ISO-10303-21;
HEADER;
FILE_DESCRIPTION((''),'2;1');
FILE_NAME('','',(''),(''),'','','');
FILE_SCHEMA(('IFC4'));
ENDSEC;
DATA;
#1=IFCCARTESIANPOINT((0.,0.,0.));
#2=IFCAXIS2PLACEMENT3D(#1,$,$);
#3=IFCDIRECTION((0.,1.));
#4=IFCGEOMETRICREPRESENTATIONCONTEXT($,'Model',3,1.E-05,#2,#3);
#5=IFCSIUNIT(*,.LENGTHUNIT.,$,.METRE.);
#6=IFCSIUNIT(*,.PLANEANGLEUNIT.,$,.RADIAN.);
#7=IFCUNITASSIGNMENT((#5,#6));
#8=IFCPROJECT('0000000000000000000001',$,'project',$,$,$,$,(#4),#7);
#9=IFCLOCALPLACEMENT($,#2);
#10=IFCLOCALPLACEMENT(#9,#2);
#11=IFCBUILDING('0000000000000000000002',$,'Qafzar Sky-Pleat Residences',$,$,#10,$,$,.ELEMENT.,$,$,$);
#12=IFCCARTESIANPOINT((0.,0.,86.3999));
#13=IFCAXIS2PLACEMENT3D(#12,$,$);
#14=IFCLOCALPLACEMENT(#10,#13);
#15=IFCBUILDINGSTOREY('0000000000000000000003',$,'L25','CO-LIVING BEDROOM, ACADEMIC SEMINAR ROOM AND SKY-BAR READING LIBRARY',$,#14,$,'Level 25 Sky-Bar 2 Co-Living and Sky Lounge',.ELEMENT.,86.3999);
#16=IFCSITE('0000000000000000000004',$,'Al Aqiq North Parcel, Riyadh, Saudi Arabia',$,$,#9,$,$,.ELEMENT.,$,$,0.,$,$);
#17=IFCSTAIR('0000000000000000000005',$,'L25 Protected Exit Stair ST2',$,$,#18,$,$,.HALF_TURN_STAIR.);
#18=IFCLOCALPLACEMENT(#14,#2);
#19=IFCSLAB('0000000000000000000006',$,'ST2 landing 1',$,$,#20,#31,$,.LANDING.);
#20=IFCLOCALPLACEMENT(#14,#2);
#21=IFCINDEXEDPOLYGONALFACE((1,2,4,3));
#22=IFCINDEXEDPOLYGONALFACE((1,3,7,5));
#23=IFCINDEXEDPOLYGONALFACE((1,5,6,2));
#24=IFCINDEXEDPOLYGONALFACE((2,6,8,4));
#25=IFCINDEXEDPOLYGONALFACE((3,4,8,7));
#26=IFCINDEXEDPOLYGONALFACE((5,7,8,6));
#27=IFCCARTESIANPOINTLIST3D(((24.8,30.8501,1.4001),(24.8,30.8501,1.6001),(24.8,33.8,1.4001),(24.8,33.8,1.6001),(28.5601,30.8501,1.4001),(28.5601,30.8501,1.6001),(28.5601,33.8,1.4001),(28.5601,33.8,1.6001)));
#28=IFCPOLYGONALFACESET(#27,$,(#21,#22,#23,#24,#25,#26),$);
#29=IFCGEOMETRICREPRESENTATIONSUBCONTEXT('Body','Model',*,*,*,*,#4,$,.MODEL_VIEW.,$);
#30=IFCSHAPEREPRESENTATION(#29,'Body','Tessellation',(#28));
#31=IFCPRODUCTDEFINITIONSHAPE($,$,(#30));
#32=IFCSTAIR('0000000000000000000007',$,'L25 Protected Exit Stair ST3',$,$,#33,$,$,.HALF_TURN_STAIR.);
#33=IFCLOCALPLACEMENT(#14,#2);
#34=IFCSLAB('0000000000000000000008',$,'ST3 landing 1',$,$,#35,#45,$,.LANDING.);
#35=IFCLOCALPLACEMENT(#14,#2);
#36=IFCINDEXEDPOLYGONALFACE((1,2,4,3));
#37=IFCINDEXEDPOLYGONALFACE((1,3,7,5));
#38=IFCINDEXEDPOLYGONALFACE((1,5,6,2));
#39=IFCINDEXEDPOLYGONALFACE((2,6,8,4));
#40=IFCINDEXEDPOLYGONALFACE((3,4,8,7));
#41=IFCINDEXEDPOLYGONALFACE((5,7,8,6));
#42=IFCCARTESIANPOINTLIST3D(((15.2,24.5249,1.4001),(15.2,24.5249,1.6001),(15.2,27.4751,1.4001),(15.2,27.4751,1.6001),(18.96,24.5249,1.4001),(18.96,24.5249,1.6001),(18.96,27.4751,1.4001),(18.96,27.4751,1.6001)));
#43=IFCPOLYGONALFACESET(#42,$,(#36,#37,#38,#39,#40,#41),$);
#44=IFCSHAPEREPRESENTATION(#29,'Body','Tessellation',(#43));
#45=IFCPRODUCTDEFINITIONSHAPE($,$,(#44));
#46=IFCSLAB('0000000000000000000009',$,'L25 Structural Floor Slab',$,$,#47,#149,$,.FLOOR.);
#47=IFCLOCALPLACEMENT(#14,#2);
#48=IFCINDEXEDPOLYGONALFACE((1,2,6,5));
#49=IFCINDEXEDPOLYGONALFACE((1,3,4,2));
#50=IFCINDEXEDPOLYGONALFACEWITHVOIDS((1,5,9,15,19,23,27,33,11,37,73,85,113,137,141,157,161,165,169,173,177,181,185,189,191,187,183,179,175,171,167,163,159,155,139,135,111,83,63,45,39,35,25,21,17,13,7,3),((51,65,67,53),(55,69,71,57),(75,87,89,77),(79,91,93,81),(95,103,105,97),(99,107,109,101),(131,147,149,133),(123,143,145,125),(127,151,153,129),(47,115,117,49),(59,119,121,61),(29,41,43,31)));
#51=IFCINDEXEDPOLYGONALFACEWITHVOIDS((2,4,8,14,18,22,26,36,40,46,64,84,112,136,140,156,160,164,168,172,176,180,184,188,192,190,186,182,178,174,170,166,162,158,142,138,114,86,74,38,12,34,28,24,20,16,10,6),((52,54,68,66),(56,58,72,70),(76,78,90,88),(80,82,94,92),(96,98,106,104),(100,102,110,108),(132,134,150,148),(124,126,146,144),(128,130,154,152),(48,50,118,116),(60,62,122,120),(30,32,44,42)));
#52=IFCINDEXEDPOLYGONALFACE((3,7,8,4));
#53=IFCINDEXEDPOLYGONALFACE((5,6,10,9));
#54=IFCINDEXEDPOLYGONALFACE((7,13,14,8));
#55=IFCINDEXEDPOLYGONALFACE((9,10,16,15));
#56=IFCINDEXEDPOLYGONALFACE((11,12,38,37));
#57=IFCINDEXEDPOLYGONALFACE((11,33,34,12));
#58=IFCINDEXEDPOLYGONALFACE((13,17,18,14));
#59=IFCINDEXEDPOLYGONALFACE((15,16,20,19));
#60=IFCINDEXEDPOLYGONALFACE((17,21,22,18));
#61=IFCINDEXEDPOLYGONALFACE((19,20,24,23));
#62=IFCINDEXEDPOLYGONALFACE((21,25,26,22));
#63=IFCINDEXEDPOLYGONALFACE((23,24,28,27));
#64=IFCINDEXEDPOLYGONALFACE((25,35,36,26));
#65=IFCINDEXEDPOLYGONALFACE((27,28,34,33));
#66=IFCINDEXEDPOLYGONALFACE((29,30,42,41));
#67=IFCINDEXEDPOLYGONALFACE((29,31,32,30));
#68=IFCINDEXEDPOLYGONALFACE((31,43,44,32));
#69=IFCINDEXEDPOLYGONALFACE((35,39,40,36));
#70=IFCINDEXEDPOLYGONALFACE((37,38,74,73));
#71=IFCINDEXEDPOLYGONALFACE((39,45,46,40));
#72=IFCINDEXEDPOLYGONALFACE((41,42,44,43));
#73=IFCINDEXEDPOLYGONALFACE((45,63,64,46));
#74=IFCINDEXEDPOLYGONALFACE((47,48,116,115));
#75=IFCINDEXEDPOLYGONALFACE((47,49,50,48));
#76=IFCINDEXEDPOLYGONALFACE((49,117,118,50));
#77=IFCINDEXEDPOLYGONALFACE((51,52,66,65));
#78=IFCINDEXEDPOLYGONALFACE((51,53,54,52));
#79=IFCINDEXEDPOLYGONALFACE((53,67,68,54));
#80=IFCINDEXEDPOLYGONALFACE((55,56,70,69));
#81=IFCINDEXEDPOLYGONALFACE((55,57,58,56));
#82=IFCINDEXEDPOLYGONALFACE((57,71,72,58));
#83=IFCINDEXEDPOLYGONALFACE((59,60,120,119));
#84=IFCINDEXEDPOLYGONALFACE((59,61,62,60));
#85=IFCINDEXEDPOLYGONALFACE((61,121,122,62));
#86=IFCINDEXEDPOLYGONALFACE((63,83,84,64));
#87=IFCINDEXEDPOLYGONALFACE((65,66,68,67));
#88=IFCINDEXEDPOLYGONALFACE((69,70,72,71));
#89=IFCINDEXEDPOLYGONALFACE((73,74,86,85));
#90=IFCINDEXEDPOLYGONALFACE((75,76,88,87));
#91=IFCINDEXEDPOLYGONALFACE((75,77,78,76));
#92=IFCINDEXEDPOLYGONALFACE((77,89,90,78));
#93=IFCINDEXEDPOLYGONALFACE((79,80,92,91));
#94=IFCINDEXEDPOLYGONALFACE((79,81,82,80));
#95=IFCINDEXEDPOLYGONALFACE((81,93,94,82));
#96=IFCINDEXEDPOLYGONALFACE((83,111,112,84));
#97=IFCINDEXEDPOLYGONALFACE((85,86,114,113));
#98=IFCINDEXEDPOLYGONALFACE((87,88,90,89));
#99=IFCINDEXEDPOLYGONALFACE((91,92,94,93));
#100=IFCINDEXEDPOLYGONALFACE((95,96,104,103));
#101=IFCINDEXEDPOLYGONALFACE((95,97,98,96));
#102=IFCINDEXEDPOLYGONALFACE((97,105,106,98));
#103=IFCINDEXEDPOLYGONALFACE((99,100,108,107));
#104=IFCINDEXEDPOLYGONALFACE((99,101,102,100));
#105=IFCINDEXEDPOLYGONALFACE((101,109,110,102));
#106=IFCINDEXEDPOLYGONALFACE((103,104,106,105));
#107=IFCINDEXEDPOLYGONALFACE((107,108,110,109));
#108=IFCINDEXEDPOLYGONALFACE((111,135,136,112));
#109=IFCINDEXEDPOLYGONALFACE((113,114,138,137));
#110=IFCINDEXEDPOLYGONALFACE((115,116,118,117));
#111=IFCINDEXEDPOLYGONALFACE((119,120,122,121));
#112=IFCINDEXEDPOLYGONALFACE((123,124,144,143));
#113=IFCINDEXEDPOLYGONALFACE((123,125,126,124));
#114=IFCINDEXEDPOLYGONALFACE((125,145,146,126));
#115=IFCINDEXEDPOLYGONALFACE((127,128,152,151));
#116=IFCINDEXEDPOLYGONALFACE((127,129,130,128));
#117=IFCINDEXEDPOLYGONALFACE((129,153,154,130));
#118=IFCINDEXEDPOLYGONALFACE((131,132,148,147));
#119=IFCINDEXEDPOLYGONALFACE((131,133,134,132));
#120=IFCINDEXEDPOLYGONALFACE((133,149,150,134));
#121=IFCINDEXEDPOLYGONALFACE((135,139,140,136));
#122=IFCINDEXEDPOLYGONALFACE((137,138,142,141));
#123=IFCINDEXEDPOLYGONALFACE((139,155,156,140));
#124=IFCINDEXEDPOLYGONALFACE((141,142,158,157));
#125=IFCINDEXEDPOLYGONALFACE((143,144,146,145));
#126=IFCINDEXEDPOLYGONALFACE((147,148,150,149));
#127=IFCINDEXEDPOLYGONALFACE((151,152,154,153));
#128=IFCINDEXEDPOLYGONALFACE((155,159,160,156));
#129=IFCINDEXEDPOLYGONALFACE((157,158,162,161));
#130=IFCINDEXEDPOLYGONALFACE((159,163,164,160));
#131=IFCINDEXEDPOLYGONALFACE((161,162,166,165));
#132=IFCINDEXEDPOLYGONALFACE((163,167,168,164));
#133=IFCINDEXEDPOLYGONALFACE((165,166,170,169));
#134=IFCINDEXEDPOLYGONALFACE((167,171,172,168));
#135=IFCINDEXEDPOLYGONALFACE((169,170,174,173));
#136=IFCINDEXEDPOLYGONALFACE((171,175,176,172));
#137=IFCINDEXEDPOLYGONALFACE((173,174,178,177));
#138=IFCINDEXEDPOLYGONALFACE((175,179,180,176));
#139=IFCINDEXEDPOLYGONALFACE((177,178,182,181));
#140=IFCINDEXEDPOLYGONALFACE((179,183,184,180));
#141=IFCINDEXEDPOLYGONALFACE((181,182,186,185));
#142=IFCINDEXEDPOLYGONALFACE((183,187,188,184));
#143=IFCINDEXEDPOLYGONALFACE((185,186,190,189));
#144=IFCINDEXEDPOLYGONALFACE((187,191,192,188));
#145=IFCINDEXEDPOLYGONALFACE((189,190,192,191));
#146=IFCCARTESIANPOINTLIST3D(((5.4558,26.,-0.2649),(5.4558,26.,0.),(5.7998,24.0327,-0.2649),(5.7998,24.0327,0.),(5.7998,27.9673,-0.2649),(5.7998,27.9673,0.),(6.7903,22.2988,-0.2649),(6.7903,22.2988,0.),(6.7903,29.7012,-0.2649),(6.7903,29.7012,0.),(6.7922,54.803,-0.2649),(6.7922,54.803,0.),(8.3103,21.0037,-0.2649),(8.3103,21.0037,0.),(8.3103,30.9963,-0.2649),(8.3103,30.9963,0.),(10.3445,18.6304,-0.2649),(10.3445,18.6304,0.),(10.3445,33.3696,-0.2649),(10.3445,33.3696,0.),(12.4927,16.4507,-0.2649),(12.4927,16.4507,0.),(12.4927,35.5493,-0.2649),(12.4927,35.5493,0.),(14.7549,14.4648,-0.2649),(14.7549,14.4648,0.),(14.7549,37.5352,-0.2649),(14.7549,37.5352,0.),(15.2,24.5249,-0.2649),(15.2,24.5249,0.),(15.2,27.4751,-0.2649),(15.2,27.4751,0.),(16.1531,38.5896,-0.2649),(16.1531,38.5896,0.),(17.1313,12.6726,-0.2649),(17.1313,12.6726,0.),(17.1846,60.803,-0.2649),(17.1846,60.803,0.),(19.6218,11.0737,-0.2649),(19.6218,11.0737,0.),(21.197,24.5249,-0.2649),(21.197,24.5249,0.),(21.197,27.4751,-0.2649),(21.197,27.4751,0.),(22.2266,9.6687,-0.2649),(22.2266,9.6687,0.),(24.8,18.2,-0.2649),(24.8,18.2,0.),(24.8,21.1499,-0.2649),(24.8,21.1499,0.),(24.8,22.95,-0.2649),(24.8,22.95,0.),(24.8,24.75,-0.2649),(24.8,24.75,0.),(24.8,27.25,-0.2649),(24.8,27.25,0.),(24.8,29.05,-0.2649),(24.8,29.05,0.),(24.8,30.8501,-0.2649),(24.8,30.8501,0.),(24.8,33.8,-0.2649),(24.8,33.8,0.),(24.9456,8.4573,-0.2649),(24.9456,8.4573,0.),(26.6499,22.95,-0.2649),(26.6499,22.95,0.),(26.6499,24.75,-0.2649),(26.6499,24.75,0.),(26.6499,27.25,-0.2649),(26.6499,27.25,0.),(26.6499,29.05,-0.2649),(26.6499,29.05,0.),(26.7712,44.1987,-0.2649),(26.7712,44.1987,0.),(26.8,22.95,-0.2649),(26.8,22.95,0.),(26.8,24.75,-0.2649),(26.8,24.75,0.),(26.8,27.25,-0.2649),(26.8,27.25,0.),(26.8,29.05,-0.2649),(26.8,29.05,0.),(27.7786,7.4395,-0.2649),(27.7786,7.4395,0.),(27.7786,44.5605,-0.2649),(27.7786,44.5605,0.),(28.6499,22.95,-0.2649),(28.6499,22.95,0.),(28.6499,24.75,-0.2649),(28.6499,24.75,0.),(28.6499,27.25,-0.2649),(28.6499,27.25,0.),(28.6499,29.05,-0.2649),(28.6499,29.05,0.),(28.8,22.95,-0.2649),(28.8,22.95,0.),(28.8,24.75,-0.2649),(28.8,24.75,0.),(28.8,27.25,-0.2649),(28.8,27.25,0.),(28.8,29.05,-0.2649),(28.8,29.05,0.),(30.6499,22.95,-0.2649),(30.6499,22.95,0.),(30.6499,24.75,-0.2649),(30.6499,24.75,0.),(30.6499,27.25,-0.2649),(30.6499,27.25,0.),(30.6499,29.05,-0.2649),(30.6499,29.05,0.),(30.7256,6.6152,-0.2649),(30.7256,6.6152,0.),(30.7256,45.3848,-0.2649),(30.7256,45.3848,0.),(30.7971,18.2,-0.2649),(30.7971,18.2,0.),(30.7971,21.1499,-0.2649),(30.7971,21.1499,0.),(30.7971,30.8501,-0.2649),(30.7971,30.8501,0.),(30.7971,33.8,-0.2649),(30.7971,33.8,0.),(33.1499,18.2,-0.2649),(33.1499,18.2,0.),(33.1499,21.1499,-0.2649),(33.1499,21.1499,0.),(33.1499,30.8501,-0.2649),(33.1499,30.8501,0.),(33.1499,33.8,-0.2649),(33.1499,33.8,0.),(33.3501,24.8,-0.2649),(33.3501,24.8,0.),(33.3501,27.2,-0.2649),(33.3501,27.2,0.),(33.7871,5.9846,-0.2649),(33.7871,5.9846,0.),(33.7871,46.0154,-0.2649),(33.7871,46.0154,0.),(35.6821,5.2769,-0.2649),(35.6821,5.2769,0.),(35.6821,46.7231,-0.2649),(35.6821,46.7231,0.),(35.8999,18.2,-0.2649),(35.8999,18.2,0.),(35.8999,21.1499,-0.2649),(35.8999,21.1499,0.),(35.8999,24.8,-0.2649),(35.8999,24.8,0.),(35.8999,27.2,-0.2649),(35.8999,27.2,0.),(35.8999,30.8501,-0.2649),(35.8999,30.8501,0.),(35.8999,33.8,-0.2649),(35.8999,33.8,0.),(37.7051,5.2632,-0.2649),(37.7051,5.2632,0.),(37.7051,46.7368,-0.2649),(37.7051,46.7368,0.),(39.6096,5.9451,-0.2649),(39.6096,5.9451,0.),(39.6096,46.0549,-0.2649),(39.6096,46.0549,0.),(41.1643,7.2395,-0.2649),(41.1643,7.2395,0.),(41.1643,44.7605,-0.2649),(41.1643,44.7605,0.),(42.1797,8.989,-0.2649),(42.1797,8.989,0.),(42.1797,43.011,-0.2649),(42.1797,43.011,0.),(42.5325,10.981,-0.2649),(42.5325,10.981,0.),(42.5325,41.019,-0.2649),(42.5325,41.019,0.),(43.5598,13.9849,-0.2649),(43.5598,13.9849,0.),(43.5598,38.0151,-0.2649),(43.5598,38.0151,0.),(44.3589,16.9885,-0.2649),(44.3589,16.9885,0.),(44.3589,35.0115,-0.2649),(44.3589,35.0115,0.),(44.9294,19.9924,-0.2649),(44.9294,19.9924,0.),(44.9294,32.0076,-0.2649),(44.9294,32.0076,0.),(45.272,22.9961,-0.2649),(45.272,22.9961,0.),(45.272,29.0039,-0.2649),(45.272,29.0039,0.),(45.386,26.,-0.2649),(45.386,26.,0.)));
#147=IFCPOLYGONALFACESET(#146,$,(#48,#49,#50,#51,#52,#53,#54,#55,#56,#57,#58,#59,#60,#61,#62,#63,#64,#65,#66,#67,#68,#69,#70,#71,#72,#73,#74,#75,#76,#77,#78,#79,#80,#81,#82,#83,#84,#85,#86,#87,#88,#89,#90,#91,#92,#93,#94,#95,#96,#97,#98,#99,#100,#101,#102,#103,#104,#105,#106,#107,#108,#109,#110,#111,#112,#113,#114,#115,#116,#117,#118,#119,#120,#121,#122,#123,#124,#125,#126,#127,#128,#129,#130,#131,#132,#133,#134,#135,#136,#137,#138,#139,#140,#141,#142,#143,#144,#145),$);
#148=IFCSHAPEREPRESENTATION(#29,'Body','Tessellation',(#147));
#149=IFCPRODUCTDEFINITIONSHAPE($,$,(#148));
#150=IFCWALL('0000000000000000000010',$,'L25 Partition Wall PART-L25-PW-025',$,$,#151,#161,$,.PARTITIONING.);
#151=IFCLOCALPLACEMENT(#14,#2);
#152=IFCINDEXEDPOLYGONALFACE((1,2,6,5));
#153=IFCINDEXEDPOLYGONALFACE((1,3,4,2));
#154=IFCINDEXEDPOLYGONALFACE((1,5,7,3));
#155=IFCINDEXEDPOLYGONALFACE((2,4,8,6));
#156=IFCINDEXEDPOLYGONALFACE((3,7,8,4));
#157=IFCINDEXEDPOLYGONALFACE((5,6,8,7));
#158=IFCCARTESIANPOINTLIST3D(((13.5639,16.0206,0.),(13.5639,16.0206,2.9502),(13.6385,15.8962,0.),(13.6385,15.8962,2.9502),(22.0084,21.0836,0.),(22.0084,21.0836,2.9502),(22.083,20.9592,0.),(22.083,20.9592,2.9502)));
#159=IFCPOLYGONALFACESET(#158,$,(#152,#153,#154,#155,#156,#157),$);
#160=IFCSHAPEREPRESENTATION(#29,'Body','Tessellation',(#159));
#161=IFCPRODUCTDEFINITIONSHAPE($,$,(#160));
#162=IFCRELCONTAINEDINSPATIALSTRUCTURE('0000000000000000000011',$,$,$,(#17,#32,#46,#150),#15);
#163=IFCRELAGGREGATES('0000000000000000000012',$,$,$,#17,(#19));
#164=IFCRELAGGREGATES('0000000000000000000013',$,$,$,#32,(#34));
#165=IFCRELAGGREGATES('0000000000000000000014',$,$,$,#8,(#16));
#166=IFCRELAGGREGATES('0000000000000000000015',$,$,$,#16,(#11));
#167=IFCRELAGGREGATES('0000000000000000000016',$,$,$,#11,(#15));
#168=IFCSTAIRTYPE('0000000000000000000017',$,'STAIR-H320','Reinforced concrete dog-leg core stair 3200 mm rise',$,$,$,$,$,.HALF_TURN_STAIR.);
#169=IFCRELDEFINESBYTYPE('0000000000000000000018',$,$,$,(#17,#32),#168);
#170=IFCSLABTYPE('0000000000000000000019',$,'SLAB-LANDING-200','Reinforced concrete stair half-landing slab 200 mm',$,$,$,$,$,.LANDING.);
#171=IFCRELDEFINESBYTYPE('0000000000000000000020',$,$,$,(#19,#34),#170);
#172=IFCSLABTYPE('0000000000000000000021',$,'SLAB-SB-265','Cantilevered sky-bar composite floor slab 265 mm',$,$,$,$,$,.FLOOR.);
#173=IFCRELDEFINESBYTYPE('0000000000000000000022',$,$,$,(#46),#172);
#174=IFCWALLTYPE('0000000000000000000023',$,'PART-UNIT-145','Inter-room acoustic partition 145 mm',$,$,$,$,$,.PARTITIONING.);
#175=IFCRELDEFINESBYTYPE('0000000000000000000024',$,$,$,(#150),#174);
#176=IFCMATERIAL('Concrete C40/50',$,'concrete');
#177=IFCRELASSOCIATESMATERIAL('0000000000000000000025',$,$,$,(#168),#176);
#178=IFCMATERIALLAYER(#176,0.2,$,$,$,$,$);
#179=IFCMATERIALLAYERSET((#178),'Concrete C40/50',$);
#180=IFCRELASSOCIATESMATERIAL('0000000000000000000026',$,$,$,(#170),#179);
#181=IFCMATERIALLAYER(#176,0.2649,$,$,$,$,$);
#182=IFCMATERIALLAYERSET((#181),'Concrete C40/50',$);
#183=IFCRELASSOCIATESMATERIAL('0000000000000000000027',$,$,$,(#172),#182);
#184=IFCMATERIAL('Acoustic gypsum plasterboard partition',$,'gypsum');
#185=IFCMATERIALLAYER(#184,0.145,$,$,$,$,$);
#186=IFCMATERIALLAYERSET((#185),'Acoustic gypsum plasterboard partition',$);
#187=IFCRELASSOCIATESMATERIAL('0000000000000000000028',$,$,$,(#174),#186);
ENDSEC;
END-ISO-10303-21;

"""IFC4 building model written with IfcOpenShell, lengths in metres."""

from ifc_helpers import new_model, si_unit, direction, frame, frame_2d, origin, place, context, subcontext, project, spatial, polyline, rectangle, outline, extrude, material, layer, layer_set, type_object, element, aggregate, save


model = new_model("IFC4")

# Units and contexts
model_context = context("Model", 3, precision=1e-05, world=origin(), true_north=direction((0.0, 1.0)))
body_context = subcontext(model_context, "Body", "Model", "MODEL_VIEW")
ifc_project = project(units=[si_unit("LENGTHUNIT", "METRE"), si_unit("PLANEANGLEUNIT", "RADIAN")], contexts=[model_context])

# Site, building, storey
site_placement = place(None, origin())
site = spatial("IfcSite", under=ifc_project, at=site_placement, Name="Al Aqiq North Parcel, Riyadh, Saudi Arabia", CompositionType="ELEMENT", RefElevation=0.0)
building_placement = place(site_placement, origin())
building = spatial("IfcBuilding", under=site, at=building_placement, Name="Qafzar Sky-Pleat Residences", CompositionType="ELEMENT")
storey_placement = place(building_placement, frame((0.0, 0.0, 86.3999)))
storey = spatial("IfcBuildingStorey", under=building, at=storey_placement, Name="L25", Description="CO-LIVING BEDROOM, ACADEMIC SEMINAR ROOM AND SKY-BAR READING LIBRARY", LongName="Level 25 Sky-Bar 2 Co-Living and Sky Lounge", CompositionType="ELEMENT", Elevation=86.3999)

# Shared definitions
ifc_material_1 = material(Name="Concrete C40/50", Category="concrete")

# Stairs, slabs
stair_type = type_object("IfcStairType", Name="STAIR-H320", Description="Reinforced concrete dog-leg core stair 3200 mm rise", PredefinedType="HALF_TURN_STAIR", material=ifc_material_1)
ifc_layer_1 = layer(ifc_material_1, 0.2)
ifc_layer_set_1 = layer_set([ifc_layer_1], Name="Concrete C40/50")
slab_type_1 = type_object("IfcSlabType", Name="SLAB-LANDING-200", Description="Reinforced concrete stair half-landing slab 200 mm", PredefinedType="LANDING", material=ifc_layer_set_1)
stair_1_placement = place(storey_placement, origin())
stair_1 = element("IfcStair", 1, at=stair_1_placement, inside=storey, type_object=stair_type, Name="L25 Protected Exit Stair ST2", PredefinedType="HALF_TURN_STAIR")
slab_1_placement = place(storey_placement, frame((0.0, 0.0, 1.4001)))
slab_1 = element("IfcSlab", 2, at=slab_1_placement, type_object=slab_type_1, Name="ST2 landing 1", PredefinedType="LANDING", context=body_context, shape_type="SweptSolid", body=[
    extrude(outline(polyline([(28.5601, 33.8), (24.8, 33.8), (24.8, 30.8501), (28.5601, 30.8501), (28.5601, 33.8)])), origin(), (0.0, 0.0, 1.0), 0.2),
])
aggregate(stair_1, [slab_1])
stair_2_placement = place(storey_placement, origin())
stair_2 = element("IfcStair", 3, at=stair_2_placement, inside=storey, type_object=stair_type, Name="L25 Protected Exit Stair ST3", PredefinedType="HALF_TURN_STAIR")
slab_2_placement = place(storey_placement, frame((0.0, 0.0, 1.4001)))
slab_2 = element("IfcSlab", 4, at=slab_2_placement, type_object=slab_type_1, Name="ST3 landing 1", PredefinedType="LANDING", context=body_context, shape_type="SweptSolid", body=[
    extrude(outline(polyline([(18.96, 27.4751), (15.2, 27.4751), (15.2, 24.5249), (18.96, 24.5249), (18.96, 27.4751)])), origin(), (0.0, 0.0, 1.0), 0.2),
])
aggregate(stair_2, [slab_2])

# Slab
ifc_layer_2 = layer(ifc_material_1, 0.2649)
ifc_layer_set_2 = layer_set([ifc_layer_2], Name="Concrete C40/50")
slab_type_2 = type_object("IfcSlabType", Name="SLAB-SB-265", Description="Cantilevered sky-bar composite floor slab 265 mm", PredefinedType="FLOOR", material=ifc_layer_set_2)
slab_3_placement = place(storey_placement, frame((0.0, 0.0, -0.2649)))
element("IfcSlab", 5, at=slab_3_placement, inside=storey, type_object=slab_type_2, Name="L25 Structural Floor Slab", PredefinedType="FLOOR", context=body_context, shape_type="SweptSolid", body=[
    extrude(outline(polyline([(27.7786, 44.5605), (30.7256, 45.3848), (33.7871, 46.0154), (35.6821, 46.7231), (37.7051, 46.7368), (39.6096, 46.0549), (41.1643, 44.7605), (42.1797, 43.011), (42.5325, 41.019), (43.5598, 38.0151), (44.3589, 35.0115), (44.9294, 32.0076), (45.272, 29.0039), (45.386, 26.0), (45.272, 22.9961), (44.9294, 19.9924), (44.3589, 16.9885), (43.5598, 13.9849), (42.5325, 10.981), (42.1797, 8.989), (41.1643, 7.2395), (39.6096, 5.9451), (37.7051, 5.2632), (35.6821, 5.2769), (33.7871, 5.9846), (30.7256, 6.6152), (27.7786, 7.4395), (24.9456, 8.4573), (22.2266, 9.6687), (19.6218, 11.0737), (17.1313, 12.6726), (14.7549, 14.4648), (12.4927, 16.4507), (10.3445, 18.6304), (8.3103, 21.0037), (6.7903, 22.2988), (5.7998, 24.0327), (5.4558, 26.0), (5.7998, 27.9673), (6.7903, 29.7012), (8.3103, 30.9963), (10.3445, 33.3696), (12.4927, 35.5493), (14.7549, 37.5352), (16.1531, 38.5896), (6.7922, 54.803), (17.1846, 60.803), (26.7712, 44.1987), (27.7786, 44.5605)]), holes=[polyline([(30.7971, 21.1499), (24.8, 21.1499), (24.8, 18.2), (30.7971, 18.2), (30.7971, 21.1499)]), polyline([(30.7971, 33.8), (24.8, 33.8), (24.8, 30.8501), (30.7971, 30.8501), (30.7971, 33.8)]), polyline([(21.197, 27.4751), (15.2, 27.4751), (15.2, 24.5249), (21.197, 24.5249), (21.197, 27.4751)]), polyline([(24.8, 22.95), (26.6499, 22.95), (26.6499, 24.75), (24.8, 24.75), (24.8, 22.95)]), polyline([(26.8, 22.95), (28.6499, 22.95), (28.6499, 24.75), (26.8, 24.75), (26.8, 22.95)]), polyline([(28.8, 22.95), (30.6499, 22.95), (30.6499, 24.75), (28.8, 24.75), (28.8, 22.95)]), polyline([(24.8, 27.25), (26.6499, 27.25), (26.6499, 29.05), (24.8, 29.05), (24.8, 27.25)]), polyline([(26.8, 27.25), (28.6499, 27.25), (28.6499, 29.05), (26.8, 29.05), (26.8, 27.25)]), polyline([(28.8, 27.25), (30.6499, 27.25), (30.6499, 29.05), (28.8, 29.05), (28.8, 27.25)]), polyline([(33.1499, 18.2), (35.8999, 18.2), (35.8999, 21.1499), (33.1499, 21.1499), (33.1499, 18.2)]), polyline([(33.1499, 30.8501), (35.8999, 30.8501), (35.8999, 33.8), (33.1499, 33.8), (33.1499, 30.8501)]), polyline([(33.3501, 24.8), (35.8999, 24.8), (35.8999, 27.2), (33.3501, 27.2), (33.3501, 24.8)])]), origin(), (0.0, 0.0, 1.0), 0.2649),
])

# Wall
ifc_material_2 = material(Name="Acoustic gypsum plasterboard partition", Category="gypsum")
ifc_layer_3 = layer(ifc_material_2, 0.145)
ifc_layer_set_3 = layer_set([ifc_layer_3], Name="Acoustic gypsum plasterboard partition")
wall_type_1 = type_object("IfcWallType", Name="PART-UNIT-145", Description="Inter-room acoustic partition 145 mm", PredefinedType="PARTITIONING", material=ifc_layer_set_3)
wall_1_placement = place(storey_placement, frame((13.6013, 15.9585, 0.0), z_axis=(0.0, 0.0, 1.0), x_axis=(0.857661, 0.514215, 0.0)))
element("IfcWall", 6, at=wall_1_placement, inside=storey, type_object=wall_type_1, Name="L25 Partition Wall PART-L25-PW-025", PredefinedType="PARTITIONING", context=body_context, shape_type="SweptSolid", body=[
    extrude(rectangle(XDim=9.8459, YDim=0.145, at=frame_2d((4.9229, 0.0))), origin(), (0.0, 0.0, 1.0), 2.9502),
])

save(model, "model.ifc")
